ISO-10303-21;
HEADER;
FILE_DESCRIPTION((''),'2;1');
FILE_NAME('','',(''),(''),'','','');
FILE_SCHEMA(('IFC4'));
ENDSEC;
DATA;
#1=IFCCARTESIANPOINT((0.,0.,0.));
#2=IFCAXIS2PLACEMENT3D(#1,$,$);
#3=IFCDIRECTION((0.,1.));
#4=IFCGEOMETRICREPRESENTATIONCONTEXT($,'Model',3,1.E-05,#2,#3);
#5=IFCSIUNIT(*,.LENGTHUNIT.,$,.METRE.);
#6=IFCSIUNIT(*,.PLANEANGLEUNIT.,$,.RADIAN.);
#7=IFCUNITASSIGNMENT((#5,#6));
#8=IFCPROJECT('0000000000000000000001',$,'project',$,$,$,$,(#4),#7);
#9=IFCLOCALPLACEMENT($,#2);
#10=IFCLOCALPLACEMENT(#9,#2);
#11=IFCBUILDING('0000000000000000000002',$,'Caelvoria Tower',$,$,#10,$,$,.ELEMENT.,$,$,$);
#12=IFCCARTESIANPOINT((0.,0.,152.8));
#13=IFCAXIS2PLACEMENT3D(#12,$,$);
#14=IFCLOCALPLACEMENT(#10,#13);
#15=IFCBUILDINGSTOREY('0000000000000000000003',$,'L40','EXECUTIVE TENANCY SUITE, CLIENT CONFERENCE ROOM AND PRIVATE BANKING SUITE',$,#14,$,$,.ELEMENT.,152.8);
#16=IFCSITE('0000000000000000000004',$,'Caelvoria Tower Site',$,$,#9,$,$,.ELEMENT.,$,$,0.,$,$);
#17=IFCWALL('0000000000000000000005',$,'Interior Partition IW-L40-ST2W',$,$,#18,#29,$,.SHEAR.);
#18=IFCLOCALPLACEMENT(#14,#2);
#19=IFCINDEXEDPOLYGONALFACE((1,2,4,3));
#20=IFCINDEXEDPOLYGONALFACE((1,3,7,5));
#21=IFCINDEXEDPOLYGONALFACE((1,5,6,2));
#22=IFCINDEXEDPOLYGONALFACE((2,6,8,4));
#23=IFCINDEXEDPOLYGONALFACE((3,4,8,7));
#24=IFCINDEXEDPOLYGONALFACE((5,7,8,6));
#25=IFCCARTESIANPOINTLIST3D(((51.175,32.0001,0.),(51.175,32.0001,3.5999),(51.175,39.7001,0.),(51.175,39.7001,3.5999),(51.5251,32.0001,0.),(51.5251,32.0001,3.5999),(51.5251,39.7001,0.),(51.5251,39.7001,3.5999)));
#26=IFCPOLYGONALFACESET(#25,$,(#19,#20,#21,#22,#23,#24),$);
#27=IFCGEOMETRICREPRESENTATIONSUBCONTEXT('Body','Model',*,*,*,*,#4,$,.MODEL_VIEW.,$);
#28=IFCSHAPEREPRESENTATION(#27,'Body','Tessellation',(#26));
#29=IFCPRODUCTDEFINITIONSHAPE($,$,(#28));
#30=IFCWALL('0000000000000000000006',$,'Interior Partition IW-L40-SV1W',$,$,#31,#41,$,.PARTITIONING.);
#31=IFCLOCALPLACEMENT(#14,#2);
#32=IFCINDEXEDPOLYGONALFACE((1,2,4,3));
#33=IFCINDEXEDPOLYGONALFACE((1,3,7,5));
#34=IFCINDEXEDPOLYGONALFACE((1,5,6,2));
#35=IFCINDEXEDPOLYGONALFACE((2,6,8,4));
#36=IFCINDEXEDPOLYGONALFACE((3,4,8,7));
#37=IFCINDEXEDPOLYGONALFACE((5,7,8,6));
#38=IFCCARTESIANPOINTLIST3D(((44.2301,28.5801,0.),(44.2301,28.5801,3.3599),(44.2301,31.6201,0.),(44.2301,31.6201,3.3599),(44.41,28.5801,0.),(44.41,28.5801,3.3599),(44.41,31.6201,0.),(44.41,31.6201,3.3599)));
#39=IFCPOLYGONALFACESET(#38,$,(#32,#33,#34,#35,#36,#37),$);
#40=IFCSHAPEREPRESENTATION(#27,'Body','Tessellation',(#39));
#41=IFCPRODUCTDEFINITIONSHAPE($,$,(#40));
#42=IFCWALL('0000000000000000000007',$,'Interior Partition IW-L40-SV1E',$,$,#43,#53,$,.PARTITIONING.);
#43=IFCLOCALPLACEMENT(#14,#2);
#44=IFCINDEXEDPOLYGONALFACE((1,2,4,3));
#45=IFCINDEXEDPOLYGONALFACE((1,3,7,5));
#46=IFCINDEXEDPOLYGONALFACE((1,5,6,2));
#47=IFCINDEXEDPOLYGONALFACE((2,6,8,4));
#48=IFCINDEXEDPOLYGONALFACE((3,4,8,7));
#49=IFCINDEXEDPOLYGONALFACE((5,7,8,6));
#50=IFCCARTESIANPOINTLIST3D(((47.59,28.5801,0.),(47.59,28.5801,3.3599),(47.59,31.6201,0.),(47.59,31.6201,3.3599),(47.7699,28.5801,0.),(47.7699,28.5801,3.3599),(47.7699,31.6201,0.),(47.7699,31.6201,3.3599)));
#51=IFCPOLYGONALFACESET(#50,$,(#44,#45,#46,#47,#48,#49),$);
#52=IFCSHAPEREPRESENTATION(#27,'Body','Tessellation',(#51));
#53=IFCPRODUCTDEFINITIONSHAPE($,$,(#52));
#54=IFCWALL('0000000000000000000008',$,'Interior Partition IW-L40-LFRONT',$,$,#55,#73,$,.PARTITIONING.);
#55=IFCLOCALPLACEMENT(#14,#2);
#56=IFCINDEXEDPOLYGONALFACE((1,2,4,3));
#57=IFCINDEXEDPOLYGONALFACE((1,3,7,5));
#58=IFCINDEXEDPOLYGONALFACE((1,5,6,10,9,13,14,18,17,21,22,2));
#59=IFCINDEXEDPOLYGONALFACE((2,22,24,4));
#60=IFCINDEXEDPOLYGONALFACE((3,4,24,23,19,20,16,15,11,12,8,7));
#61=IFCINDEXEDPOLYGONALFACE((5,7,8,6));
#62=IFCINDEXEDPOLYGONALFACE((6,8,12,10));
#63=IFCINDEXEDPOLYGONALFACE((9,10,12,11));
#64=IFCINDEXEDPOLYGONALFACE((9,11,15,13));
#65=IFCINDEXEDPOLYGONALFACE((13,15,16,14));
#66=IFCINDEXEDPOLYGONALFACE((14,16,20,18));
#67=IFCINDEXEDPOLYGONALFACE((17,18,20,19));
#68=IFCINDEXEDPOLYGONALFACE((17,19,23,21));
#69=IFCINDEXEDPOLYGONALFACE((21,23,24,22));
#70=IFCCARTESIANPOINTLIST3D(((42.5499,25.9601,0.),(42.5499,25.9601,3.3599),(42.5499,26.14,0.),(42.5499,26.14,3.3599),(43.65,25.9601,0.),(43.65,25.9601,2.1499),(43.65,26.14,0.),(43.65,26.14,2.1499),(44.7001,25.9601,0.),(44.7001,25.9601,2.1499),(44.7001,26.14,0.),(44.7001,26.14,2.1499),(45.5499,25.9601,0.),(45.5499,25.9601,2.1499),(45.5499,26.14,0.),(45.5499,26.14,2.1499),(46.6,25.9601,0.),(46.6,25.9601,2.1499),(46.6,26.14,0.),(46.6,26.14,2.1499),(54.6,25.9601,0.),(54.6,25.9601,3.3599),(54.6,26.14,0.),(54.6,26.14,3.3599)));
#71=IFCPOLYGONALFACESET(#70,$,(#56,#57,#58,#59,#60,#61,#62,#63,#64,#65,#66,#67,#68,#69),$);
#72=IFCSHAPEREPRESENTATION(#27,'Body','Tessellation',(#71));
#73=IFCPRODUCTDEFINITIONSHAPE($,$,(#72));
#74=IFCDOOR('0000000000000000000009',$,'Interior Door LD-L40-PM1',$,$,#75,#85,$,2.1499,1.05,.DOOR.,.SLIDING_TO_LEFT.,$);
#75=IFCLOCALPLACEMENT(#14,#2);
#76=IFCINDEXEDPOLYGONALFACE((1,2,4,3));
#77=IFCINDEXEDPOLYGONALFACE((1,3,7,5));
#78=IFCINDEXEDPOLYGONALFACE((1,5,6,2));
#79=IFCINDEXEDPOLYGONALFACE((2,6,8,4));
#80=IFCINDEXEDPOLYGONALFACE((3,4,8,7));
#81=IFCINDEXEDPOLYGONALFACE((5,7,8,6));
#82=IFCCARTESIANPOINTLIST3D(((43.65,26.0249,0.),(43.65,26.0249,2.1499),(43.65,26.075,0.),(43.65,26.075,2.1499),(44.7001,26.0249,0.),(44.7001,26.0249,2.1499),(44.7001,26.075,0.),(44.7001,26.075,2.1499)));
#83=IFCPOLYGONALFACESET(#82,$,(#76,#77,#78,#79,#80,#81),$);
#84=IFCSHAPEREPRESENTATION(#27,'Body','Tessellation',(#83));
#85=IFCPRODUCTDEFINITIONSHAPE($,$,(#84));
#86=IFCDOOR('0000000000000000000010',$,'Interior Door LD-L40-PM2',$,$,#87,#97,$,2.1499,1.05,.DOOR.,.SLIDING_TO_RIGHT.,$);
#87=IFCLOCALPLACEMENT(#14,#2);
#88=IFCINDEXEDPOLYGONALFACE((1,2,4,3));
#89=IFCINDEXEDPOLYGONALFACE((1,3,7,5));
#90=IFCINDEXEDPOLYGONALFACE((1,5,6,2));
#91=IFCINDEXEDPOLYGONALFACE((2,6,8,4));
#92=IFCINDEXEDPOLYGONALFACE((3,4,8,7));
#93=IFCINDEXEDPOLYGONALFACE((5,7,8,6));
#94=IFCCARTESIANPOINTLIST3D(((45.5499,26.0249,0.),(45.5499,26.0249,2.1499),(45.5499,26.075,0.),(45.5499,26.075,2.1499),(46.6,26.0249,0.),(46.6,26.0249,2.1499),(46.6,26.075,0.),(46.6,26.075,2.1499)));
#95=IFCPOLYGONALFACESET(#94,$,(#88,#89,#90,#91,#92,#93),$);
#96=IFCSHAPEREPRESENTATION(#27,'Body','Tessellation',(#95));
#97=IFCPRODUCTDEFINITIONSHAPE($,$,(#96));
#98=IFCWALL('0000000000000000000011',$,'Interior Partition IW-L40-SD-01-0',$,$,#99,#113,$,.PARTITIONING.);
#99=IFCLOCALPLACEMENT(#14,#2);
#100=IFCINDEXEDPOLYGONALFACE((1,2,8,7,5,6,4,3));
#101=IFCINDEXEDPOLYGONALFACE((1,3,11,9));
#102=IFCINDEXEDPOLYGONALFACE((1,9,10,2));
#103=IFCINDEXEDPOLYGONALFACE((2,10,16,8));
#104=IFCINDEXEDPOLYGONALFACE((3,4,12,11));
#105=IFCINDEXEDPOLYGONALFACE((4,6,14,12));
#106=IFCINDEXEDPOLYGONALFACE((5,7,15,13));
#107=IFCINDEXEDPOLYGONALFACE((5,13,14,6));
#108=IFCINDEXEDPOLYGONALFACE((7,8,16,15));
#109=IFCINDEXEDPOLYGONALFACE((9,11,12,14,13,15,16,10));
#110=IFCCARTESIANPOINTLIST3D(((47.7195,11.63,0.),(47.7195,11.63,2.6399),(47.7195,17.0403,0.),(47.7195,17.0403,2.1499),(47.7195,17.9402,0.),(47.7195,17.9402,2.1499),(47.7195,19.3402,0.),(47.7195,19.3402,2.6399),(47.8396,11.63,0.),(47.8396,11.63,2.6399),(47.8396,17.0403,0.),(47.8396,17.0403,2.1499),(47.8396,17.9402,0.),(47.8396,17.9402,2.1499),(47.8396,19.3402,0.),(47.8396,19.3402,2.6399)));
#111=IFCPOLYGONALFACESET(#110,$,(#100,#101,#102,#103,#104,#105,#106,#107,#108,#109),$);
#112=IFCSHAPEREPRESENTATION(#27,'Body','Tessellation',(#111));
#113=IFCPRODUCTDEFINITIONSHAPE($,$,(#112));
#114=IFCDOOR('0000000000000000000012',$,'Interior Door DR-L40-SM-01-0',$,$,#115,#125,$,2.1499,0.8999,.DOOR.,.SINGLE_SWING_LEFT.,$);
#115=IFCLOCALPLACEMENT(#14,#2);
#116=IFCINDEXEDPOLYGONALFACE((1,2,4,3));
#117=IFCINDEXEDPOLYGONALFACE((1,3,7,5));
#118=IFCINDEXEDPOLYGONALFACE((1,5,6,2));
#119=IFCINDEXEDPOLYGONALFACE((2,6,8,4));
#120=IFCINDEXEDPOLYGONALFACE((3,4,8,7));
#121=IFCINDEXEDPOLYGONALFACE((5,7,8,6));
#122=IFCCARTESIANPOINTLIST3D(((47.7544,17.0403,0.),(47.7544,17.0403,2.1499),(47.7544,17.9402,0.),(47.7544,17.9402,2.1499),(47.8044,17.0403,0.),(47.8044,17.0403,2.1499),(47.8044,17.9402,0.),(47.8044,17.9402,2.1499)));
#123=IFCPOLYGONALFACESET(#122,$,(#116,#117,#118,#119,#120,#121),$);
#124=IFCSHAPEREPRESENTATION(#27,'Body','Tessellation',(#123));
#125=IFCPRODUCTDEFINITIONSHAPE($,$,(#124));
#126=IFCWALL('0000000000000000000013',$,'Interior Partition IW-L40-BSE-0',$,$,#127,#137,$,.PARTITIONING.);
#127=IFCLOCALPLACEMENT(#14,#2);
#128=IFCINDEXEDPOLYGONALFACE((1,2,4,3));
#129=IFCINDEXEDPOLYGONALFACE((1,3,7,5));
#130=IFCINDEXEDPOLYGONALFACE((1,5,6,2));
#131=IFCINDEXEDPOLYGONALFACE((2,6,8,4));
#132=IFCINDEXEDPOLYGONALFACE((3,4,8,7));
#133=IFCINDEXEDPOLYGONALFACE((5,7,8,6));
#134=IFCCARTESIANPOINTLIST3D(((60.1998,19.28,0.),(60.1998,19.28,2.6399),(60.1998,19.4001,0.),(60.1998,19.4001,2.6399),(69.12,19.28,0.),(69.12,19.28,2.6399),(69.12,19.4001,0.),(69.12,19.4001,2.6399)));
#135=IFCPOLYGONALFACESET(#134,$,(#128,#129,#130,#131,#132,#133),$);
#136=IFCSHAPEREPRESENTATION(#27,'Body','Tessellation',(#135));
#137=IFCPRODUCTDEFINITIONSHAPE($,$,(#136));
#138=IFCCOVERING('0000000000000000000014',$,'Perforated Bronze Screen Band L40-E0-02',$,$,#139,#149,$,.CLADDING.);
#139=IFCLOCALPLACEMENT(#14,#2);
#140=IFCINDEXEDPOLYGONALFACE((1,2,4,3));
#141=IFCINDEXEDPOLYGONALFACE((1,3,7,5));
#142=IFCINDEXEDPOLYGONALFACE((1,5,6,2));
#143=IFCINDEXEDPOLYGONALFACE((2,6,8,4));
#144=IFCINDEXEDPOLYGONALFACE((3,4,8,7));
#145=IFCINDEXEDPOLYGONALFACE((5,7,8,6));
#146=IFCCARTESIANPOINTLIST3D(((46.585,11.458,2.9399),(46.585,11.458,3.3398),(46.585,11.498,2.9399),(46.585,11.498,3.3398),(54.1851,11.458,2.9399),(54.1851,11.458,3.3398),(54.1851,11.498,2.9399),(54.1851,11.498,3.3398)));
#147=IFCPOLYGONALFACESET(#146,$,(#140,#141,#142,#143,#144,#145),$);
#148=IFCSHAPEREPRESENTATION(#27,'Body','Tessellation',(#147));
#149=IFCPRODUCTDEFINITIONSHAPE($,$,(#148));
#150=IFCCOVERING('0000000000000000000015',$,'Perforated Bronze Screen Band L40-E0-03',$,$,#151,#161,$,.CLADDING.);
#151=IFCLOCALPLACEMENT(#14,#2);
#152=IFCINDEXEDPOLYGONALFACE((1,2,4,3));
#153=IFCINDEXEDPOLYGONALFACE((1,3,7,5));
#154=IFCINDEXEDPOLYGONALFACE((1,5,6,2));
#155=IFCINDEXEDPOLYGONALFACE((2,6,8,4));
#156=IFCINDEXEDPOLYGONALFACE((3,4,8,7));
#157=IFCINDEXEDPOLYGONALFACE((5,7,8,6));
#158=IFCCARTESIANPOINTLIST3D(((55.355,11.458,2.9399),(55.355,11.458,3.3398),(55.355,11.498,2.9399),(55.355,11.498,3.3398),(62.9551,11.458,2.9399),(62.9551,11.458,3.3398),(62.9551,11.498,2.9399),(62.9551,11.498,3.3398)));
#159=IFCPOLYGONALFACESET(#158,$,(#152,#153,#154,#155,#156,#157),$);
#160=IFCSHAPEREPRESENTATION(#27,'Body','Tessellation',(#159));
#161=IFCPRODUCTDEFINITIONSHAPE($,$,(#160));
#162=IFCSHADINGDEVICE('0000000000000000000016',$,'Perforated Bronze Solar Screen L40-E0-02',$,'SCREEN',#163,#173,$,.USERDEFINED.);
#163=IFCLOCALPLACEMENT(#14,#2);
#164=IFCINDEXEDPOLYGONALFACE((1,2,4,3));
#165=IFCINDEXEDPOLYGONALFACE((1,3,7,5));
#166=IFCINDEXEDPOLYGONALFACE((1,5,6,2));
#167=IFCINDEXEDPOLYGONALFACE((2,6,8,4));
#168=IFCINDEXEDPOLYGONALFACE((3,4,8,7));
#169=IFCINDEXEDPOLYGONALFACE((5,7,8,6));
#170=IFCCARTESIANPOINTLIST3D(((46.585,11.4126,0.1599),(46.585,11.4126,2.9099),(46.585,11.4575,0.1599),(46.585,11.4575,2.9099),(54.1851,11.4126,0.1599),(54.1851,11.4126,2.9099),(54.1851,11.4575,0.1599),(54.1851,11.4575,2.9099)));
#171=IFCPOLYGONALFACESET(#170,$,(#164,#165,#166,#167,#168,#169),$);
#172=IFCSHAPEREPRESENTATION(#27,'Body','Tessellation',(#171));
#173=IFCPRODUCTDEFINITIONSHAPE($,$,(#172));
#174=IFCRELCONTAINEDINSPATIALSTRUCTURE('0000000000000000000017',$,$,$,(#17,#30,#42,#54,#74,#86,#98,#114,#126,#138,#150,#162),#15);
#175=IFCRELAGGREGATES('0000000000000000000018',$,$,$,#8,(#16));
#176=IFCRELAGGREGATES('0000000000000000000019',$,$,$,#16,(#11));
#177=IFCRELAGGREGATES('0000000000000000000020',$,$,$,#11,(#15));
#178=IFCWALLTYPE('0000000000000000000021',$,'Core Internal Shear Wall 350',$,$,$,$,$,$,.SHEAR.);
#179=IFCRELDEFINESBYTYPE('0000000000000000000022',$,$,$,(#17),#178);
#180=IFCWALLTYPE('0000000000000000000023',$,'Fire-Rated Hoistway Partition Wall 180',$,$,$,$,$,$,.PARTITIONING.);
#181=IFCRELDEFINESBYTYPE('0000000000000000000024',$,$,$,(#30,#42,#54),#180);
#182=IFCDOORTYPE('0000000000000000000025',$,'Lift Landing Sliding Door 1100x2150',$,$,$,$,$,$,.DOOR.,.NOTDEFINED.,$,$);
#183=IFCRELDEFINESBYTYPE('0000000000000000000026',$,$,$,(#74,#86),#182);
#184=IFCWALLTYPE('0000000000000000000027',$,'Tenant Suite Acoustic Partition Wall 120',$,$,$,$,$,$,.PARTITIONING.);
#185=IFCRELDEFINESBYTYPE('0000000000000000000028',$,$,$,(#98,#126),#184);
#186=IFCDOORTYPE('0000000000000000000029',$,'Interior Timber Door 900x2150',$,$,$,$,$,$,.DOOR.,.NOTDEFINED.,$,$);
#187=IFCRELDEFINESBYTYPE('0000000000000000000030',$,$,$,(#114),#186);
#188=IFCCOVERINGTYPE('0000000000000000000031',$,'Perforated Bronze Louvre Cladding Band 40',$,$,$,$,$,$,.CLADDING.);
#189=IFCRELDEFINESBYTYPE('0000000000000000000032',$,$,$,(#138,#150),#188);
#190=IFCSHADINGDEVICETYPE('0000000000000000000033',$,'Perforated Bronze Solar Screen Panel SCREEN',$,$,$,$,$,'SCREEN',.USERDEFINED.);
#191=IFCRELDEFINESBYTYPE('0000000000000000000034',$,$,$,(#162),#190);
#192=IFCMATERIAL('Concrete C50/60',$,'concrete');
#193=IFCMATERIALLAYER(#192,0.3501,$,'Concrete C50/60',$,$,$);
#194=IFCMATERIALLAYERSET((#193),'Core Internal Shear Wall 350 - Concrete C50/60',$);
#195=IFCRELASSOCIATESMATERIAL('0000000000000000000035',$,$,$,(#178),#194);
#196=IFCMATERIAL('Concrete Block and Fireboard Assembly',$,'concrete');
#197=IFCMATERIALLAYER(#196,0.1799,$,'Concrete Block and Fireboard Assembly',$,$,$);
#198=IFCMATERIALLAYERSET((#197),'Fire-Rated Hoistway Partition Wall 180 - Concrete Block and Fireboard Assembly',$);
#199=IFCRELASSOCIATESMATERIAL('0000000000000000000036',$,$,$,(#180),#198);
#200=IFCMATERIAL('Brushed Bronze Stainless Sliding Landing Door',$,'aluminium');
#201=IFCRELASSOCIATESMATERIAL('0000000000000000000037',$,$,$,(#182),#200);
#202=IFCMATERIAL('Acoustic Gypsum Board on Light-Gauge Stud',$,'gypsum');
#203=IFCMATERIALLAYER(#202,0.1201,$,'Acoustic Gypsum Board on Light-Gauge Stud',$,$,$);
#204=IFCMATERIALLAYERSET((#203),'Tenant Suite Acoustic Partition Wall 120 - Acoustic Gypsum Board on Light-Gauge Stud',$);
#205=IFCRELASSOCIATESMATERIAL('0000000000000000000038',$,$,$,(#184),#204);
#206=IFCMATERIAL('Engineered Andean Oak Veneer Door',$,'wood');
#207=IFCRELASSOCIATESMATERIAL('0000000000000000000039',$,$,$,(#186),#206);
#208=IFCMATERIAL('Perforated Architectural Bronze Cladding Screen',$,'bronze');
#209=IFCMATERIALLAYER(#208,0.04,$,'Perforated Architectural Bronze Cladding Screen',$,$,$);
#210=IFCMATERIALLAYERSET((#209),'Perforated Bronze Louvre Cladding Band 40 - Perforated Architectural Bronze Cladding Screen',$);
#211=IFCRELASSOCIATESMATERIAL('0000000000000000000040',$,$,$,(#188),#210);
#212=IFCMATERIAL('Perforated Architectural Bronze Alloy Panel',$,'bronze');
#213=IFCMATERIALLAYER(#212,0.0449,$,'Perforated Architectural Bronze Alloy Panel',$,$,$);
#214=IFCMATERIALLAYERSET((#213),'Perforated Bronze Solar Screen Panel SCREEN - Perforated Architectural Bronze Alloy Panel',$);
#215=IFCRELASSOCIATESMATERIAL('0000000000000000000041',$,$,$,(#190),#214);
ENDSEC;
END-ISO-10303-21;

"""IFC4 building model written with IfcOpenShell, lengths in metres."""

from ifc_helpers import new_model, si_unit, direction, frame, frame_2d, origin, origin_2d, place, context, subcontext, project, spatial, rectangle, extrude, material, layer, layer_set, type_object, element, fill, save


model = new_model("IFC4")

# Units and contexts
model_context = context("Model", 3, precision=1e-05, world=origin(), true_north=direction((0.0, 1.0)))
body_context = subcontext(model_context, "Body", "Model", "MODEL_VIEW")
ifc_project = project(units=[si_unit("LENGTHUNIT", "METRE"), si_unit("PLANEANGLEUNIT", "RADIAN")], contexts=[model_context])

# Site, building, storey
site_placement = place(None, origin())
site = spatial("IfcSite", under=ifc_project, at=site_placement, Name="Caelvoria Tower Site", CompositionType="ELEMENT", RefElevation=0.0)
building_placement = place(site_placement, origin())
building = spatial("IfcBuilding", under=site, at=building_placement, Name="Caelvoria Tower", CompositionType="ELEMENT")
storey_placement = place(building_placement, frame((0.0, 0.0, 152.8)))
storey = spatial("IfcBuildingStorey", under=building, at=storey_placement, Name="L40", Description="EXECUTIVE TENANCY SUITE, CLIENT CONFERENCE ROOM AND PRIVATE BANKING SUITE", CompositionType="ELEMENT", Elevation=152.8)

# Walls
ifc_material_1 = material(Name="Concrete C50/60", Category="concrete")
ifc_layer_1 = layer(ifc_material_1, 0.3501, Name="Concrete C50/60")
ifc_layer_set_1 = layer_set([ifc_layer_1], Name="Core Internal Shear Wall 350 - Concrete C50/60")
wall_type_1 = type_object("IfcWallType", Name="Core Internal Shear Wall 350", PredefinedType="SHEAR", material=ifc_layer_set_1)
wall_1_placement = place(storey_placement, frame((51.3501, 32.0, 0.0), z_axis=(0.0, 0.0, 1.0), x_axis=(0.0, 1.0, 0.0)))
element("IfcWall", 1, at=wall_1_placement, inside=storey, type_object=wall_type_1, Name="Interior Partition IW-L40-ST2W", PredefinedType="SHEAR", context=body_context, shape_type="SweptSolid", body=[
    extrude(rectangle(XDim=7.7, YDim=0.3501, at=frame_2d((3.8501, 0.0))), origin(), (0.0, 0.0, 1.0), 3.5999),
])
ifc_material_2 = material(Name="Concrete Block and Fireboard Assembly", Category="concrete")
ifc_layer_2 = layer(ifc_material_2, 0.1799, Name="Concrete Block and Fireboard Assembly")
ifc_layer_set_2 = layer_set([ifc_layer_2], Name="Fire-Rated Hoistway Partition Wall 180 - Concrete Block and Fireboard Assembly")
wall_type_2 = type_object("IfcWallType", Name="Fire-Rated Hoistway Partition Wall 180", PredefinedType="PARTITIONING", material=ifc_layer_set_2)
for number, where, z_axis, x_axis, name in (
    (2, (44.3201, 28.5801, 0.0), (0.0, 0.0, 1.0), (0.0, 1.0, 0.0), "Interior Partition IW-L40-SV1W"),
    (3, (47.6799, 28.5801, 0.0), (0.0, 0.0, 1.0), (0.0, 1.0, 0.0), "Interior Partition IW-L40-SV1E"),
):
    element("IfcWall", number, at=place(storey_placement, frame(where, z_axis=z_axis, x_axis=x_axis)), inside=storey, type_object=wall_type_2, Name=name, PredefinedType="PARTITIONING", context=body_context, shape_type="SweptSolid", body=[
        extrude(rectangle(XDim=3.04, YDim=0.1799, at=frame_2d((1.52, 0.0))), origin(), (0.0, 0.0, 1.0), 3.3599),
    ])

# Wall, openings, doors
wall_2_placement = place(storey_placement, frame((42.55, 26.05, 0.0), z_axis=(0.0, 0.0, 1.0), x_axis=(1.0, 0.0, 0.0)))
wall_2 = element("IfcWall", 4, at=wall_2_placement, inside=storey, type_object=wall_type_2, Name="Interior Partition IW-L40-LFRONT", PredefinedType="PARTITIONING", context=body_context, shape_type="SweptSolid", body=[
    extrude(rectangle(XDim=12.05, YDim=0.1799, at=frame_2d((6.0249, 0.0))), origin(), (0.0, 0.0, 1.0), 3.3599),
])
opening_1_placement = place(wall_2_placement, frame((1.1001, 0.0, 0.0)))
opening_1 = element("IfcOpeningElement", 5, at=opening_1_placement, cuts=wall_2, PredefinedType="OPENING", context=body_context, shape_type="SweptSolid", body=[
    extrude(rectangle(XDim=1.05, YDim=2.1499, at=frame_2d((0.5249, 1.075))), frame((0.0, 0.0999, 0.0), z_axis=(0.0, -1.0, 0.0), x_axis=(1.0, 0.0, 0.0)), (0.0, 0.0, 1.0), 0.2),
])
opening_2_placement = place(wall_2_placement, frame((3.0, 0.0, 0.0)))
opening_2 = element("IfcOpeningElement", 6, at=opening_2_placement, cuts=wall_2, PredefinedType="OPENING", context=body_context, shape_type="SweptSolid", body=[
    extrude(rectangle(XDim=1.05, YDim=2.1499, at=frame_2d((0.5249, 1.075))), frame((0.0, 0.0999, 0.0), z_axis=(0.0, -1.0, 0.0), x_axis=(1.0, 0.0, 0.0)), (0.0, 0.0, 1.0), 0.2),
])
ifc_material_3 = material(Name="Brushed Bronze Stainless Sliding Landing Door", Category="aluminium")
door_type_1 = type_object("IfcDoorType", Name="Lift Landing Sliding Door 1100x2150", OperationType="NOTDEFINED", PredefinedType="DOOR", material=ifc_material_3)
door_1_placement = place(opening_1_placement, origin())
door_1 = element("IfcDoor", 7, at=door_1_placement, inside=storey, type_object=door_type_1, Name="Interior Door LD-L40-PM1", OperationType="SLIDING_TO_LEFT", OverallHeight=2.1499, OverallWidth=1.05, PredefinedType="DOOR", context=body_context, shape_type="SweptSolid", body=[
    extrude(rectangle(XDim=1.05, YDim=2.1499, at=frame_2d((0.5249, 1.075))), frame((0.0, 0.0249, 0.0), z_axis=(0.0, -1.0, 0.0), x_axis=(1.0, 0.0, 0.0)), (0.0, 0.0, 1.0), 0.05),
])
fill(opening_1, door_1)
door_2_placement = place(opening_2_placement, origin())
door_2 = element("IfcDoor", 8, at=door_2_placement, inside=storey, type_object=door_type_1, Name="Interior Door LD-L40-PM2", OperationType="SLIDING_TO_RIGHT", OverallHeight=2.1499, OverallWidth=1.05, PredefinedType="DOOR", context=body_context, shape_type="SweptSolid", body=[
    extrude(rectangle(XDim=1.05, YDim=2.1499, at=frame_2d((0.5249, 1.075))), frame((0.0, 0.0249, 0.0), z_axis=(0.0, -1.0, 0.0), x_axis=(1.0, 0.0, 0.0)), (0.0, 0.0, 1.0), 0.05),
])
fill(opening_2, door_2)

# Wall, opening, door
ifc_material_4 = material(Name="Acoustic Gypsum Board on Light-Gauge Stud", Category="gypsum")
ifc_layer_3 = layer(ifc_material_4, 0.1201, Name="Acoustic Gypsum Board on Light-Gauge Stud")
ifc_layer_set_3 = layer_set([ifc_layer_3], Name="Tenant Suite Acoustic Partition Wall 120 - Acoustic Gypsum Board on Light-Gauge Stud")
wall_type_3 = type_object("IfcWallType", Name="Tenant Suite Acoustic Partition Wall 120", PredefinedType="PARTITIONING", material=ifc_layer_set_3)
wall_3_placement = place(storey_placement, frame((47.7795, 19.3401, 0.0), z_axis=(0.0, 0.0, 1.0), x_axis=(0.0, -1.0, 0.0)))
wall_3 = element("IfcWall", 9, at=wall_3_placement, inside=storey, type_object=wall_type_3, Name="Interior Partition IW-L40-SD-01-0", PredefinedType="PARTITIONING", context=body_context, shape_type="SweptSolid", body=[
    extrude(rectangle(XDim=7.7102, YDim=0.1201, at=frame_2d((3.855, 0.0))), origin(), (0.0, 0.0, 1.0), 2.6399),
])
opening_3_placement = place(wall_3_placement, frame((1.3999, 0.0, 0.0)))
opening_3 = element("IfcOpeningElement", 10, at=opening_3_placement, cuts=wall_3, PredefinedType="OPENING", context=body_context, shape_type="SweptSolid", body=[
    extrude(rectangle(XDim=0.8999, YDim=2.1499, at=frame_2d((0.45, 1.075))), frame((0.0, 0.0701, 0.0), z_axis=(0.0, -1.0, 0.0), x_axis=(1.0, 0.0, 0.0)), (0.0, 0.0, 1.0), 0.1401),
])
ifc_material_5 = material(Name="Engineered Andean Oak Veneer Door", Category="wood")
door_type_2 = type_object("IfcDoorType", Name="Interior Timber Door 900x2150", OperationType="NOTDEFINED", PredefinedType="DOOR", material=ifc_material_5)
door_3_placement = place(opening_3_placement, origin())
door_3 = element("IfcDoor", 11, at=door_3_placement, inside=storey, type_object=door_type_2, Name="Interior Door DR-L40-SM-01-0", OperationType="SINGLE_SWING_LEFT", OverallHeight=2.1499, OverallWidth=0.8999, PredefinedType="DOOR", context=body_context, shape_type="SweptSolid", body=[
    extrude(rectangle(XDim=0.8999, YDim=2.1499, at=frame_2d((0.45, 1.075))), frame((0.0, 0.0249, 0.0), z_axis=(0.0, -1.0, 0.0), x_axis=(1.0, 0.0, 0.0)), (0.0, 0.0, 1.0), 0.05),
])
fill(opening_3, door_3)

# Wall
wall_4_placement = place(storey_placement, frame((60.2, 19.3401, 0.0), z_axis=(0.0, 0.0, 1.0), x_axis=(1.0, 0.0, 0.0)))
element("IfcWall", 12, at=wall_4_placement, inside=storey, type_object=wall_type_3, Name="Interior Partition IW-L40-BSE-0", PredefinedType="PARTITIONING", context=body_context, shape_type="SweptSolid", body=[
    extrude(rectangle(XDim=8.9202, YDim=0.1201, at=frame_2d((4.46, 0.0))), origin(), (0.0, 0.0, 1.0), 2.6399),
])

# Coverings
ifc_material_6 = material(Name="Perforated Architectural Bronze Cladding Screen", Category="bronze")
ifc_layer_4 = layer(ifc_material_6, 0.04, Name="Perforated Architectural Bronze Cladding Screen")
ifc_layer_set_4 = layer_set([ifc_layer_4], Name="Perforated Bronze Louvre Cladding Band 40 - Perforated Architectural Bronze Cladding Screen")
covering_type = type_object("IfcCoveringType", Name="Perforated Bronze Louvre Cladding Band 40", PredefinedType="CLADDING", material=ifc_layer_set_4)
for number, where, z_axis, x_axis, name in (
    (13, (50.385, 11.478, 2.9399), (0.0, 0.0, 1.0), (1.0, 0.0, 0.0), "Perforated Bronze Screen Band L40-E0-02"),
    (14, (59.155, 11.478, 2.9399), (0.0, 0.0, 1.0), (1.0, 0.0, 0.0), "Perforated Bronze Screen Band L40-E0-03"),
):
    element("IfcCovering", number, at=place(storey_placement, frame(where, z_axis=z_axis, x_axis=x_axis)), inside=storey, type_object=covering_type, Name=name, PredefinedType="CLADDING", context=body_context, shape_type="SweptSolid", body=[
        extrude(rectangle(XDim=7.6001, YDim=0.04, at=origin_2d()), origin(), (0.0, 0.0, 1.0), 0.3999),
    ])

# Shading device
ifc_material_7 = material(Name="Perforated Architectural Bronze Alloy Panel", Category="bronze")
ifc_layer_5 = layer(ifc_material_7, 0.0449, Name="Perforated Architectural Bronze Alloy Panel")
ifc_layer_set_5 = layer_set([ifc_layer_5], Name="Perforated Bronze Solar Screen Panel SCREEN - Perforated Architectural Bronze Alloy Panel")
shading_device_type = type_object("IfcShadingDeviceType", Name="Perforated Bronze Solar Screen Panel SCREEN", ElementType="SCREEN", PredefinedType="USERDEFINED", material=ifc_layer_set_5)
for number, where, z_axis, x_axis, name in (
    (15, (50.385, 11.4351, 0.1599), (0.0, 0.0, 1.0), (1.0, 0.0, 0.0), "Perforated Bronze Solar Screen L40-E0-02"),
):
    element("IfcShadingDevice", number, at=place(storey_placement, frame(where, z_axis=z_axis, x_axis=x_axis)), inside=storey, type_object=shading_device_type, Name=name, ObjectType="SCREEN", PredefinedType="USERDEFINED", context=body_context, shape_type="SweptSolid", body=[
        extrude(rectangle(XDim=7.6001, YDim=0.0449, at=origin_2d()), origin(), (0.0, 0.0, 1.0), 2.75),
    ])

save(model, "model.ifc")
